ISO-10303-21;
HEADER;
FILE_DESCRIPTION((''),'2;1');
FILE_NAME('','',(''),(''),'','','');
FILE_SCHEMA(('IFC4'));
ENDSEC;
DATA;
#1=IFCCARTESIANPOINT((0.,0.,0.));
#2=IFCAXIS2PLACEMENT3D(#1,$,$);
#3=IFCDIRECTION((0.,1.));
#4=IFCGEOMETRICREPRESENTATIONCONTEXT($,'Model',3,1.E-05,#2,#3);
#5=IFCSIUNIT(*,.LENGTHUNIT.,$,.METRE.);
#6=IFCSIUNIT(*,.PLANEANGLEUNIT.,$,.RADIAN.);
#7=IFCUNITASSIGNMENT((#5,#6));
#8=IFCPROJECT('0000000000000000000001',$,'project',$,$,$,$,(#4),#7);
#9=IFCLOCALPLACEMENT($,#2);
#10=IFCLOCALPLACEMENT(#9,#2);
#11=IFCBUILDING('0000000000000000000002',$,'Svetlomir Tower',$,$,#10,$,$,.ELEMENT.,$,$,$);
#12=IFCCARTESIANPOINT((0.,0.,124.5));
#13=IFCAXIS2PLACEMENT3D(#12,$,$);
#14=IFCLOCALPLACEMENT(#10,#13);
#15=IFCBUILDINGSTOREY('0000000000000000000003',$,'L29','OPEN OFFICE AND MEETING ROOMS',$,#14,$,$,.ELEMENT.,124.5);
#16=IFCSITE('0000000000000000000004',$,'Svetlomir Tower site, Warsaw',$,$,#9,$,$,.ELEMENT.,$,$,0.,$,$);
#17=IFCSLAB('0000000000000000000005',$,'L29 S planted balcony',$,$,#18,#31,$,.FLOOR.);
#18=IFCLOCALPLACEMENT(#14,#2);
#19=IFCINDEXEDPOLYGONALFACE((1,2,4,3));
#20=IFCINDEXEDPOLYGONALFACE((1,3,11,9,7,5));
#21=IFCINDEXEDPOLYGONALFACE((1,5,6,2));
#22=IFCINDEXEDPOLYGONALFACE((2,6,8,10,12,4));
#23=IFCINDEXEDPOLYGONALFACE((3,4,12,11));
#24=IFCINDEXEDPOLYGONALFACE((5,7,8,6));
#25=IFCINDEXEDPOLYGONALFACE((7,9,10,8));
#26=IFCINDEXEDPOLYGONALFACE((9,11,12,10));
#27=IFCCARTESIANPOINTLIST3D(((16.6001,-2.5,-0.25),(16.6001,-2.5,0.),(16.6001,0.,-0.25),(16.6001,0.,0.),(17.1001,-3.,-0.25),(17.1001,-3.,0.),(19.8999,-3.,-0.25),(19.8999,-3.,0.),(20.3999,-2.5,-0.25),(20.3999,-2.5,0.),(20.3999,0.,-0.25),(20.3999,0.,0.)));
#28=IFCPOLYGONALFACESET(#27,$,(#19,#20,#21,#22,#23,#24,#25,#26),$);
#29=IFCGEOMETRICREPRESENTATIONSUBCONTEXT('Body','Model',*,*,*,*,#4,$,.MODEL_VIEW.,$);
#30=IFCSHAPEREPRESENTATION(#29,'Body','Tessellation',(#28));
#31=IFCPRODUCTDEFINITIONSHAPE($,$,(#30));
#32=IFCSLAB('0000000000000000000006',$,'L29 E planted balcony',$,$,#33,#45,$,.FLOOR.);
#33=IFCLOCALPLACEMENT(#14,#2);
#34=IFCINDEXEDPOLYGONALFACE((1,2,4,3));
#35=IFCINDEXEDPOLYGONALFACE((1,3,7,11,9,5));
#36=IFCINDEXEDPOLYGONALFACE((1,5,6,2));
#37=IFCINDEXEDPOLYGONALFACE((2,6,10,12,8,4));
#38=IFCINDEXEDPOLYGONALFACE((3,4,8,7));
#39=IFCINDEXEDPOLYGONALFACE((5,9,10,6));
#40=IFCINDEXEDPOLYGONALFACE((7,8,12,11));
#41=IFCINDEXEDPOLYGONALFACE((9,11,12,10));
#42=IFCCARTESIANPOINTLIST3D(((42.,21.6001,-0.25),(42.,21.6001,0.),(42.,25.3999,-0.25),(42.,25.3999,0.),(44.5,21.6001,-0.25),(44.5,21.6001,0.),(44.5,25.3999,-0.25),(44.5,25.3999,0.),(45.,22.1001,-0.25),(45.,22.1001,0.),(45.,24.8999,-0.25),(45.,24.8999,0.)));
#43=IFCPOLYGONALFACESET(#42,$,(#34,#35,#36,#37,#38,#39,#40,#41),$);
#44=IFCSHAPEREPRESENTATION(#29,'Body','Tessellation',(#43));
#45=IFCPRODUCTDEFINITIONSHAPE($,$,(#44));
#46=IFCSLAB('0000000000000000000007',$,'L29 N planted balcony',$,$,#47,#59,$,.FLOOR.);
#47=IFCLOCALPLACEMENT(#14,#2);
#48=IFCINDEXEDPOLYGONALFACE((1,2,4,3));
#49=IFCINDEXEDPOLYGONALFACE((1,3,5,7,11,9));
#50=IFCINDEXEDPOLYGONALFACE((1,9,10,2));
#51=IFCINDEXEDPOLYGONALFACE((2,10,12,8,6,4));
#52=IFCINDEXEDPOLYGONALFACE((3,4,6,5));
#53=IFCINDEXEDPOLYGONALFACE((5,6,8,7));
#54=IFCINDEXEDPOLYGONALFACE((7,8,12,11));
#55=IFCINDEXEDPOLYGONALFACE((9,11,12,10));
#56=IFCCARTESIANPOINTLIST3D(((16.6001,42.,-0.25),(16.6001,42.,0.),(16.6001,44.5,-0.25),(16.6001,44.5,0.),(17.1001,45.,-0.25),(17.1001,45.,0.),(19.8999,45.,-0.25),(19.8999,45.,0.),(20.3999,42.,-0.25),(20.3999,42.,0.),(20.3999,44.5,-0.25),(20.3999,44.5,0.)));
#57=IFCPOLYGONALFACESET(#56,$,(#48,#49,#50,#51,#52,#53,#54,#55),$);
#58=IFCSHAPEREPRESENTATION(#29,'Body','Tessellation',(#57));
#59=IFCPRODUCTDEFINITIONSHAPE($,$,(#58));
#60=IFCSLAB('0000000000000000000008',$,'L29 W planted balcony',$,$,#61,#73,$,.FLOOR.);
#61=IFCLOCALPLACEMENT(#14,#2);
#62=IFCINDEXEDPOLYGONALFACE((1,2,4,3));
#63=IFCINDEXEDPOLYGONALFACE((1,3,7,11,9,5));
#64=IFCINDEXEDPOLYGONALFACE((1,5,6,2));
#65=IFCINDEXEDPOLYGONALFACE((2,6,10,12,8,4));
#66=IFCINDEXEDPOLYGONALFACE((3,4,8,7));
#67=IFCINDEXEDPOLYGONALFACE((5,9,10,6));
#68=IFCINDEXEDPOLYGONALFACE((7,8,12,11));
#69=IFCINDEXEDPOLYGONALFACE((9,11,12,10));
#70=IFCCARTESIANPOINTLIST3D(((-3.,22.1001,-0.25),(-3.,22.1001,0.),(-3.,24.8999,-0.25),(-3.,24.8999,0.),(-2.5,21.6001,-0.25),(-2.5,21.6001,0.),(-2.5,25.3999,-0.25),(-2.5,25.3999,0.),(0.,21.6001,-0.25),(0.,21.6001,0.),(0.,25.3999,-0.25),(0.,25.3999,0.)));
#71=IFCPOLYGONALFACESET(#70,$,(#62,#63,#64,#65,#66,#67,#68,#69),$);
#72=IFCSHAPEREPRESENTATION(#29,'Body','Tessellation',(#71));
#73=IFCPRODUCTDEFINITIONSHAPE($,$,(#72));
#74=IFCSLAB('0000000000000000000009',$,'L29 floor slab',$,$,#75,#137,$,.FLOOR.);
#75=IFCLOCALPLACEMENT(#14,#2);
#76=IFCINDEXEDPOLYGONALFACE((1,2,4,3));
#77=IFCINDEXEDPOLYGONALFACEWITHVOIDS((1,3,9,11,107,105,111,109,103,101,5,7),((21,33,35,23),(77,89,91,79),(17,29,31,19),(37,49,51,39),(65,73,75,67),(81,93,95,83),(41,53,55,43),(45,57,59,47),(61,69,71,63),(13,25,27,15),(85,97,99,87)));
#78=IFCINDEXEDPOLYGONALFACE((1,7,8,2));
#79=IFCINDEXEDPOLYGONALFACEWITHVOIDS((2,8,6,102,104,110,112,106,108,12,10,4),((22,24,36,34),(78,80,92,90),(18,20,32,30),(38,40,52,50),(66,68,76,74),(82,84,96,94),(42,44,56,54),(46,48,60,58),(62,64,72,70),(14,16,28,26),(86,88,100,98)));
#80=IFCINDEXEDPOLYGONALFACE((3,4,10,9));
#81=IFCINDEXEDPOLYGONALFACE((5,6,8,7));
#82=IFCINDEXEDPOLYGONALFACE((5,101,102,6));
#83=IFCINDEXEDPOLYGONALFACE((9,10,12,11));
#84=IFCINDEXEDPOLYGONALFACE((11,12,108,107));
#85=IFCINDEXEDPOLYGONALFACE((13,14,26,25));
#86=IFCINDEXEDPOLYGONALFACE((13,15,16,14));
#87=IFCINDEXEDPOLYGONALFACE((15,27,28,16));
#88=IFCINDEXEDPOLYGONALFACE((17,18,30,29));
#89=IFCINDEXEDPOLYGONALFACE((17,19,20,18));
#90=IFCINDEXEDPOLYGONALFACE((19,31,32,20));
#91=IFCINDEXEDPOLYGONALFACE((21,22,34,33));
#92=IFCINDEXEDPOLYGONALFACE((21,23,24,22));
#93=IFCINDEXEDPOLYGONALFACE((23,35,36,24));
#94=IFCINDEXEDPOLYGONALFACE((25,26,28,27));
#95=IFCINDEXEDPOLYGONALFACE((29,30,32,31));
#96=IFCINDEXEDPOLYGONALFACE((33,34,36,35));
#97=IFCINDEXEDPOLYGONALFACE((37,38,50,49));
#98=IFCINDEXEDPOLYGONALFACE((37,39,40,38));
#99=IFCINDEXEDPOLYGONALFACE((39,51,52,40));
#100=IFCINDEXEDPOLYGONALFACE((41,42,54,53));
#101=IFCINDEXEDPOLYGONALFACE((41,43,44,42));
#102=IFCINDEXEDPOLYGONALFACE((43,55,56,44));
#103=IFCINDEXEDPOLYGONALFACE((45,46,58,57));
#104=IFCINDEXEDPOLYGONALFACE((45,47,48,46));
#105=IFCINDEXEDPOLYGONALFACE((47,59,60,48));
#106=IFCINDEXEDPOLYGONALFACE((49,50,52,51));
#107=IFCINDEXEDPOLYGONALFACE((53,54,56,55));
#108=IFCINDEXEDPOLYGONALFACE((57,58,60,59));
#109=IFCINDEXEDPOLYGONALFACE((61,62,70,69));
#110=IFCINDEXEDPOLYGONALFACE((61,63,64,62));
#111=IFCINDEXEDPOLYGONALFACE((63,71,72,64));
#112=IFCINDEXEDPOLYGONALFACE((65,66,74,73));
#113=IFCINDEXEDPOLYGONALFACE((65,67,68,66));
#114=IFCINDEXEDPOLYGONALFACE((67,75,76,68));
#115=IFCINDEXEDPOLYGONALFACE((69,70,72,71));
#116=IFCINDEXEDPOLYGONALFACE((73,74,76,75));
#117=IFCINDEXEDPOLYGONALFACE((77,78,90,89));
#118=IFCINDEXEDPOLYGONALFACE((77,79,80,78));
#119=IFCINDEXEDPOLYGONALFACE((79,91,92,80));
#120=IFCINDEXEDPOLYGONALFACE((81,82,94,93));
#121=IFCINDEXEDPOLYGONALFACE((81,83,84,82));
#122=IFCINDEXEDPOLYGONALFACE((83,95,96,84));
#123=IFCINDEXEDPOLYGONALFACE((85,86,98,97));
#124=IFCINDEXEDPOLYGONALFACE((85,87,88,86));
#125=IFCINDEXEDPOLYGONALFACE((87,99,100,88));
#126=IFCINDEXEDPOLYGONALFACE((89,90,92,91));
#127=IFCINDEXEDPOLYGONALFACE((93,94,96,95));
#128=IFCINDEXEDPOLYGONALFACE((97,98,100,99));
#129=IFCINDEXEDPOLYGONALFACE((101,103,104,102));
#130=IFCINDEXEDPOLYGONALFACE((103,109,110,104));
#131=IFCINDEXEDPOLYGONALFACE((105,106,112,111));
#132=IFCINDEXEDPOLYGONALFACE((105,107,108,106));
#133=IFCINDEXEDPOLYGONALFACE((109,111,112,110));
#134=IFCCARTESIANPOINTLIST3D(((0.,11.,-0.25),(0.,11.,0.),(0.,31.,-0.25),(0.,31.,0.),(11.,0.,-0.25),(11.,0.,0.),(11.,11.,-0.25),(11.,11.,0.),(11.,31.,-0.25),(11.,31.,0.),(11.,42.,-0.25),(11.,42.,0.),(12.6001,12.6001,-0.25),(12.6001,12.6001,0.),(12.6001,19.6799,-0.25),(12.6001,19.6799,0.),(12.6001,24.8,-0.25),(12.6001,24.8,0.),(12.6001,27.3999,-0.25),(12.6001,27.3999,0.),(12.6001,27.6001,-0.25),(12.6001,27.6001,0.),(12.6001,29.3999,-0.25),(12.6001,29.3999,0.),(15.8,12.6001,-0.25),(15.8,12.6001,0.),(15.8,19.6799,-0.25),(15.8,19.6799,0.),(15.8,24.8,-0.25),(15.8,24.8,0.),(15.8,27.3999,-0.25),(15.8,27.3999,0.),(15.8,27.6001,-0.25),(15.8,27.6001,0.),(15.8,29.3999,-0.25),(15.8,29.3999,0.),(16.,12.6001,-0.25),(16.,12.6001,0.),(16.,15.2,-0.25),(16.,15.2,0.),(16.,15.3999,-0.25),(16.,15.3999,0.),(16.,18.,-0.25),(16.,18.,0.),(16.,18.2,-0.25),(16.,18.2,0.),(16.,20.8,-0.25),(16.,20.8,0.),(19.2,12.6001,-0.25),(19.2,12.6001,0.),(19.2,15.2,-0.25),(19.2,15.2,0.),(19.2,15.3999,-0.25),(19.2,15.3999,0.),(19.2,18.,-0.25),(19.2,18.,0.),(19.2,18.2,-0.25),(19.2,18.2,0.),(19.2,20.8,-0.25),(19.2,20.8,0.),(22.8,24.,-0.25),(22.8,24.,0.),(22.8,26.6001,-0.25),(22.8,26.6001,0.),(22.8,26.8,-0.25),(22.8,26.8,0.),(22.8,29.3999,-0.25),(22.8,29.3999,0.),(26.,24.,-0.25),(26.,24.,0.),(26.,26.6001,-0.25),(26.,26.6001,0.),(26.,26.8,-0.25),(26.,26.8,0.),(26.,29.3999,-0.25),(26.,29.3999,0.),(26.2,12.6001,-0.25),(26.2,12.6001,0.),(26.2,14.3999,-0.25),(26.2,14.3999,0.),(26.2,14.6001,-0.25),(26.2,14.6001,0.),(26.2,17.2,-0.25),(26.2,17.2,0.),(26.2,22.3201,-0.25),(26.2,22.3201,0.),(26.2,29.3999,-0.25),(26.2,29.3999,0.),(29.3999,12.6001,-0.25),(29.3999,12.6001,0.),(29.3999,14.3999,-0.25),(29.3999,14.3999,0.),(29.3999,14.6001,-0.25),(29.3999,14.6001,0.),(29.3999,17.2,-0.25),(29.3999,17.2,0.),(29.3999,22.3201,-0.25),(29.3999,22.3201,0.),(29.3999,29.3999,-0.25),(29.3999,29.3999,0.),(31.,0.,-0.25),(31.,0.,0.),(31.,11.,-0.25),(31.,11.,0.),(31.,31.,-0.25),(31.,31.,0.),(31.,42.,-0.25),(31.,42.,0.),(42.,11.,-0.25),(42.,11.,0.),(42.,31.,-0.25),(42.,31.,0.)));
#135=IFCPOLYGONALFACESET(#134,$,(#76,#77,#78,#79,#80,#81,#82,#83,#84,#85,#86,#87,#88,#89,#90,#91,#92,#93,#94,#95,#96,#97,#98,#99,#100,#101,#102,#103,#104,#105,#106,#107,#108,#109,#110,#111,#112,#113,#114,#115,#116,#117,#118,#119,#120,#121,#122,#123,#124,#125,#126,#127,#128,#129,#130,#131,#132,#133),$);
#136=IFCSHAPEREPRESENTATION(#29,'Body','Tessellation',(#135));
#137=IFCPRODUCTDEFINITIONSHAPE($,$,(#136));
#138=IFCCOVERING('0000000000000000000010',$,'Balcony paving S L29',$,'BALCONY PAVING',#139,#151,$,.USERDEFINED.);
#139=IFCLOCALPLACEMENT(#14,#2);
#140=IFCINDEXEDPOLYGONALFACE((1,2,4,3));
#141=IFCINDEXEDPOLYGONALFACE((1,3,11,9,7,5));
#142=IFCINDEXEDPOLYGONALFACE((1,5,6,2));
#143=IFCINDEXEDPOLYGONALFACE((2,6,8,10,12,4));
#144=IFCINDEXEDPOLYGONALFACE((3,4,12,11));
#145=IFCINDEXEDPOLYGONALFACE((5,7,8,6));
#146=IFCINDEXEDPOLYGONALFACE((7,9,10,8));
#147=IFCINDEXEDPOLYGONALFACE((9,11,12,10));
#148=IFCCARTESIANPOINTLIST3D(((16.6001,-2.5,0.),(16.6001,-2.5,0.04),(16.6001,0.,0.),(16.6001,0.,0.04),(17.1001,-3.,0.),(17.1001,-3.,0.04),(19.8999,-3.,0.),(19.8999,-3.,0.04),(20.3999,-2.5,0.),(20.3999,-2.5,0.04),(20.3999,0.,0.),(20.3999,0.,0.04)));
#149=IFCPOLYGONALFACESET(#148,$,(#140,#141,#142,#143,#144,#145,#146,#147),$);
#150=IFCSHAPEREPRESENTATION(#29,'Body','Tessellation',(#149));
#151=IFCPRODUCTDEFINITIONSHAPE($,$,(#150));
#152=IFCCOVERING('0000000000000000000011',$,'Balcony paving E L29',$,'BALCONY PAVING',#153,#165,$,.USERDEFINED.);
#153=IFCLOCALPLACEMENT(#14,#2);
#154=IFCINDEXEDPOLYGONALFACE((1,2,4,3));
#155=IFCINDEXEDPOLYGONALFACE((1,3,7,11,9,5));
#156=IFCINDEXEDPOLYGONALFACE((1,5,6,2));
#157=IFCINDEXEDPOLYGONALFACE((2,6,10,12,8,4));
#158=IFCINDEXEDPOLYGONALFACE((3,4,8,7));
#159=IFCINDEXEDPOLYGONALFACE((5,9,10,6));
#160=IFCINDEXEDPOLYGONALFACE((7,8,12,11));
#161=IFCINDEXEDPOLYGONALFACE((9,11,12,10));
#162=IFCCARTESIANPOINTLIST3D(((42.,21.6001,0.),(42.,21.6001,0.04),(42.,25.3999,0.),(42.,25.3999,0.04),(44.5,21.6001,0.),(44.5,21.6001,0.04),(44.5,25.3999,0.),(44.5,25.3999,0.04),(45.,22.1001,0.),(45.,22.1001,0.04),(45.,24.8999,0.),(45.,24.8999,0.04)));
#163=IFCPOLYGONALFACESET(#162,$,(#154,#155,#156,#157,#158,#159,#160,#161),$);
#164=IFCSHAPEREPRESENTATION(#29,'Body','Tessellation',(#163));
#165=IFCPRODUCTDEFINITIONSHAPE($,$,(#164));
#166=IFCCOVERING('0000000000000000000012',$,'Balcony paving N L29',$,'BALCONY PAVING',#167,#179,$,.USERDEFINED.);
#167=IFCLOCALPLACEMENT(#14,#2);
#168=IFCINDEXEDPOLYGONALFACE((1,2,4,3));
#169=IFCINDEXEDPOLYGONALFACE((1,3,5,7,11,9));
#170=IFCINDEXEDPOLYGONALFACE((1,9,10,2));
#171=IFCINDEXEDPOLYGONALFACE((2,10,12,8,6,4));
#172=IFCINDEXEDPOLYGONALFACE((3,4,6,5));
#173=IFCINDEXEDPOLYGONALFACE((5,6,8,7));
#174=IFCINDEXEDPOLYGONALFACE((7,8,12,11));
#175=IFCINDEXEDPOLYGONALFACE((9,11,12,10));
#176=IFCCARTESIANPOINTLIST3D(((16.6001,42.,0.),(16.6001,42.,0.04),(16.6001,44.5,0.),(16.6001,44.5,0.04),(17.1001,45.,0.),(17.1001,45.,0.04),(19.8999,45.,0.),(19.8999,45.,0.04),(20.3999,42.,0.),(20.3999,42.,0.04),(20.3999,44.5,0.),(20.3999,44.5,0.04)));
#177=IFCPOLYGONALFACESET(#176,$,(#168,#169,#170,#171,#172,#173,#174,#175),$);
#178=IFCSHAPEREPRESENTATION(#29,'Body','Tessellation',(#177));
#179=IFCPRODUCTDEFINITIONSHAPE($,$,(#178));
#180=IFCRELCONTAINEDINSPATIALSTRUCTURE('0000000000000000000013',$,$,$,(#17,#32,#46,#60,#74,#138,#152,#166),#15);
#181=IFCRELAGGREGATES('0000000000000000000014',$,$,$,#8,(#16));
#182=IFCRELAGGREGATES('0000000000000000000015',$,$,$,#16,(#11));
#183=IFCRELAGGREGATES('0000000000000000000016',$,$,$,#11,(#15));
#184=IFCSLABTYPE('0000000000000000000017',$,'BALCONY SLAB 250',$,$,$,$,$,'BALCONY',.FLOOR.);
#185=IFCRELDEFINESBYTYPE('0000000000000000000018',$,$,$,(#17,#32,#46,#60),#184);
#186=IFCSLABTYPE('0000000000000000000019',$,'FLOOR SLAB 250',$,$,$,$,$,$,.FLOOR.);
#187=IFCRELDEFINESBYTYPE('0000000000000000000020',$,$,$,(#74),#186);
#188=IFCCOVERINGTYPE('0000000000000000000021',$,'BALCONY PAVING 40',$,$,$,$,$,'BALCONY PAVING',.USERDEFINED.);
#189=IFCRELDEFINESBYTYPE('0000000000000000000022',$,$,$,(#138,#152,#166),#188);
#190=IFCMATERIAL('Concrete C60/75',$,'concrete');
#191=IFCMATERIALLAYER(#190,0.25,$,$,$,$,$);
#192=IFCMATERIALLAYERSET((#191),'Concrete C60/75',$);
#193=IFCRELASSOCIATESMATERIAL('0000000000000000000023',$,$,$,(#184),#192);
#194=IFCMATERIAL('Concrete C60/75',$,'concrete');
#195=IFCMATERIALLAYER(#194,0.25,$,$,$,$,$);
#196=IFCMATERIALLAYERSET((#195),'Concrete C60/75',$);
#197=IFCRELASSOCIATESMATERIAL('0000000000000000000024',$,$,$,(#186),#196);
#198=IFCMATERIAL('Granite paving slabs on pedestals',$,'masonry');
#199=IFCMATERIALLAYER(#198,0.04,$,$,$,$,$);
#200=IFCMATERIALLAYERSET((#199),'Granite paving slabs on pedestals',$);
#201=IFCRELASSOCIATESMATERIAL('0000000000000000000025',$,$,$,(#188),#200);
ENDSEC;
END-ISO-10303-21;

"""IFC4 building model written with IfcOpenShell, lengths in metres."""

from ifc_helpers import new_model, si_unit, direction, frame, origin, place, context, subcontext, project, spatial, polyline, outline, extrude, material, layer, layer_set, type_object, element, save


model = new_model("IFC4")

# Units and contexts
model_context = context("Model", 3, precision=1e-05, world=origin(), true_north=direction((0.0, 1.0)))
body_context = subcontext(model_context, "Body", "Model", "MODEL_VIEW")
ifc_project = project(units=[si_unit("LENGTHUNIT", "METRE"), si_unit("PLANEANGLEUNIT", "RADIAN")], contexts=[model_context])

# Site, building, storey
site_placement = place(None, origin())
site = spatial("IfcSite", under=ifc_project, at=site_placement, Name="Svetlomir Tower site, Warsaw", CompositionType="ELEMENT", RefElevation=0.0)
building_placement = place(site_placement, origin())
building = spatial("IfcBuilding", under=site, at=building_placement, Name="Svetlomir Tower", CompositionType="ELEMENT")
storey_placement = place(building_placement, frame((0.0, 0.0, 124.5)))
storey = spatial("IfcBuildingStorey", under=building, at=storey_placement, Name="L29", Description="OPEN OFFICE AND MEETING ROOMS", CompositionType="ELEMENT", Elevation=124.5)

# Slabs
ifc_material_1 = material(Name="Concrete C60/75", Category="concrete")
ifc_layer_1 = layer(ifc_material_1, 0.25)
ifc_layer_set_1 = layer_set([ifc_layer_1], Name="Concrete C60/75")
slab_type_1 = type_object("IfcSlabType", Name="BALCONY SLAB 250", ElementType="BALCONY", PredefinedType="FLOOR", material=ifc_layer_set_1)
slab_1_placement = place(storey_placement, frame((0.0, 0.0, -0.25)))
element("IfcSlab", 1, at=slab_1_placement, inside=storey, type_object=slab_type_1, Name="L29 S planted balcony", PredefinedType="FLOOR", context=body_context, shape_type="SweptSolid", body=[
    extrude(outline(polyline([(16.6001, -2.5), (17.1001, -3.0), (19.8999, -3.0), (20.3999, -2.5), (20.3999, 0.0), (16.6001, 0.0), (16.6001, -2.5)])), origin(), (0.0, 0.0, 1.0), 0.25),
])
slab_2_placement = place(storey_placement, frame((0.0, 0.0, -0.25)))
element("IfcSlab", 2, at=slab_2_placement, inside=storey, type_object=slab_type_1, Name="L29 E planted balcony", PredefinedType="FLOOR", context=body_context, shape_type="SweptSolid", body=[
    extrude(outline(polyline([(42.0, 21.6001), (44.5, 21.6001), (45.0, 22.1001), (45.0, 24.8999), (44.5, 25.3999), (42.0, 25.3999), (42.0, 21.6001)])), origin(), (0.0, 0.0, 1.0), 0.25),
])
slab_3_placement = place(storey_placement, frame((0.0, 0.0, -0.25)))
element("IfcSlab", 3, at=slab_3_placement, inside=storey, type_object=slab_type_1, Name="L29 N planted balcony", PredefinedType="FLOOR", context=body_context, shape_type="SweptSolid", body=[
    extrude(outline(polyline([(16.6001, 42.0), (20.3999, 42.0), (20.3999, 44.5), (19.8999, 45.0), (17.1001, 45.0), (16.6001, 44.5), (16.6001, 42.0)])), origin(), (0.0, 0.0, 1.0), 0.25),
])
slab_4_placement = place(storey_placement, frame((0.0, 0.0, -0.25)))
element("IfcSlab", 4, at=slab_4_placement, inside=storey, type_object=slab_type_1, Name="L29 W planted balcony", PredefinedType="FLOOR", context=body_context, shape_type="SweptSolid", body=[
    extrude(outline(polyline([(-2.5, 21.6001), (0.0, 21.6001), (0.0, 25.3999), (-2.5, 25.3999), (-3.0, 24.8999), (-3.0, 22.1001), (-2.5, 21.6001)])), origin(), (0.0, 0.0, 1.0), 0.25),
])
ifc_material_2 = material(Name="Concrete C60/75", Category="concrete")
ifc_layer_2 = layer(ifc_material_2, 0.25)
ifc_layer_set_2 = layer_set([ifc_layer_2], Name="Concrete C60/75")
slab_type_2 = type_object("IfcSlabType", Name="FLOOR SLAB 250", PredefinedType="FLOOR", material=ifc_layer_set_2)
slab_5_placement = place(storey_placement, frame((0.0, 0.0, -0.25)))
element("IfcSlab", 5, at=slab_5_placement, inside=storey, type_object=slab_type_2, Name="L29 floor slab", PredefinedType="FLOOR", context=body_context, shape_type="SweptSolid", body=[
    extrude(outline(polyline([(11.0, 0.0), (31.0, 0.0), (31.0, 11.0), (42.0, 11.0), (42.0, 31.0), (31.0, 31.0), (31.0, 42.0), (11.0, 42.0), (11.0, 31.0), (0.0, 31.0), (0.0, 11.0), (11.0, 11.0), (11.0, 0.0)]), holes=[polyline([(12.6001, 24.8), (15.8, 24.8), (15.8, 27.3999), (12.6001, 27.3999), (12.6001, 24.8)]), polyline([(26.2, 14.6001), (29.3999, 14.6001), (29.3999, 17.2), (26.2, 17.2), (26.2, 14.6001)]), polyline([(16.0, 12.6001), (19.2, 12.6001), (19.2, 15.2), (16.0, 15.2), (16.0, 12.6001)]), polyline([(16.0, 15.3999), (19.2, 15.3999), (19.2, 18.0), (16.0, 18.0), (16.0, 15.3999)]), polyline([(16.0, 18.2), (19.2, 18.2), (19.2, 20.8), (16.0, 20.8), (16.0, 18.2)]), polyline([(22.8, 24.0), (26.0, 24.0), (26.0, 26.6001), (22.8, 26.6001), (22.8, 24.0)]), polyline([(22.8, 26.8), (26.0, 26.8), (26.0, 29.3999), (22.8, 29.3999), (22.8, 26.8)]), polyline([(12.6001, 27.6001), (15.8, 27.6001), (15.8, 29.3999), (12.6001, 29.3999), (12.6001, 27.6001)]), polyline([(26.2, 12.6001), (29.3999, 12.6001), (29.3999, 14.3999), (26.2, 14.3999), (26.2, 12.6001)]), polyline([(12.6001, 12.6001), (15.8, 12.6001), (15.8, 19.6799), (12.6001, 19.6799), (12.6001, 12.6001)]), polyline([(26.2, 22.3201), (29.3999, 22.3201), (29.3999, 29.3999), (26.2, 29.3999), (26.2, 22.3201)])]), origin(), (0.0, 0.0, 1.0), 0.25),
])

# Coverings
ifc_material_3 = material(Name="Granite paving slabs on pedestals", Category="masonry")
ifc_layer_3 = layer(ifc_material_3, 0.04)
ifc_layer_set_3 = layer_set([ifc_layer_3], Name="Granite paving slabs on pedestals")
covering_type_1 = type_object("IfcCoveringType", Name="BALCONY PAVING 40", ElementType="BALCONY PAVING", PredefinedType="USERDEFINED", material=ifc_layer_set_3)
covering_1_placement = place(storey_placement, origin())
element("IfcCovering", 6, at=covering_1_placement, inside=storey, type_object=covering_type_1, Name="Balcony paving S L29", ObjectType="BALCONY PAVING", PredefinedType="USERDEFINED", context=body_context, shape_type="SweptSolid", body=[
    extrude(outline(polyline([(16.6001, -2.5), (17.1001, -3.0), (19.8999, -3.0), (20.3999, -2.5), (20.3999, 0.0), (16.6001, 0.0), (16.6001, -2.5)])), origin(), (0.0, 0.0, 1.0), 0.04),
])
covering_2_placement = place(storey_placement, origin())
element("IfcCovering", 7, at=covering_2_placement, inside=storey, type_object=covering_type_1, Name="Balcony paving E L29", ObjectType="BALCONY PAVING", PredefinedType="USERDEFINED", context=body_context, shape_type="SweptSolid", body=[
    extrude(outline(polyline([(42.0, 21.6001), (44.5, 21.6001), (45.0, 22.1001), (45.0, 24.8999), (44.5, 25.3999), (42.0, 25.3999), (42.0, 21.6001)])), origin(), (0.0, 0.0, 1.0), 0.04),
])
covering_3_placement = place(storey_placement, origin())
element("IfcCovering", 8, at=covering_3_placement, inside=storey, type_object=covering_type_1, Name="Balcony paving N L29", ObjectType="BALCONY PAVING", PredefinedType="USERDEFINED", context=body_context, shape_type="SweptSolid", body=[
    extrude(outline(polyline([(16.6001, 42.0), (20.3999, 42.0), (20.3999, 44.5), (19.8999, 45.0), (17.1001, 45.0), (16.6001, 44.5), (16.6001, 42.0)])), origin(), (0.0, 0.0, 1.0), 0.04),
])

save(model, "model.ifc")
